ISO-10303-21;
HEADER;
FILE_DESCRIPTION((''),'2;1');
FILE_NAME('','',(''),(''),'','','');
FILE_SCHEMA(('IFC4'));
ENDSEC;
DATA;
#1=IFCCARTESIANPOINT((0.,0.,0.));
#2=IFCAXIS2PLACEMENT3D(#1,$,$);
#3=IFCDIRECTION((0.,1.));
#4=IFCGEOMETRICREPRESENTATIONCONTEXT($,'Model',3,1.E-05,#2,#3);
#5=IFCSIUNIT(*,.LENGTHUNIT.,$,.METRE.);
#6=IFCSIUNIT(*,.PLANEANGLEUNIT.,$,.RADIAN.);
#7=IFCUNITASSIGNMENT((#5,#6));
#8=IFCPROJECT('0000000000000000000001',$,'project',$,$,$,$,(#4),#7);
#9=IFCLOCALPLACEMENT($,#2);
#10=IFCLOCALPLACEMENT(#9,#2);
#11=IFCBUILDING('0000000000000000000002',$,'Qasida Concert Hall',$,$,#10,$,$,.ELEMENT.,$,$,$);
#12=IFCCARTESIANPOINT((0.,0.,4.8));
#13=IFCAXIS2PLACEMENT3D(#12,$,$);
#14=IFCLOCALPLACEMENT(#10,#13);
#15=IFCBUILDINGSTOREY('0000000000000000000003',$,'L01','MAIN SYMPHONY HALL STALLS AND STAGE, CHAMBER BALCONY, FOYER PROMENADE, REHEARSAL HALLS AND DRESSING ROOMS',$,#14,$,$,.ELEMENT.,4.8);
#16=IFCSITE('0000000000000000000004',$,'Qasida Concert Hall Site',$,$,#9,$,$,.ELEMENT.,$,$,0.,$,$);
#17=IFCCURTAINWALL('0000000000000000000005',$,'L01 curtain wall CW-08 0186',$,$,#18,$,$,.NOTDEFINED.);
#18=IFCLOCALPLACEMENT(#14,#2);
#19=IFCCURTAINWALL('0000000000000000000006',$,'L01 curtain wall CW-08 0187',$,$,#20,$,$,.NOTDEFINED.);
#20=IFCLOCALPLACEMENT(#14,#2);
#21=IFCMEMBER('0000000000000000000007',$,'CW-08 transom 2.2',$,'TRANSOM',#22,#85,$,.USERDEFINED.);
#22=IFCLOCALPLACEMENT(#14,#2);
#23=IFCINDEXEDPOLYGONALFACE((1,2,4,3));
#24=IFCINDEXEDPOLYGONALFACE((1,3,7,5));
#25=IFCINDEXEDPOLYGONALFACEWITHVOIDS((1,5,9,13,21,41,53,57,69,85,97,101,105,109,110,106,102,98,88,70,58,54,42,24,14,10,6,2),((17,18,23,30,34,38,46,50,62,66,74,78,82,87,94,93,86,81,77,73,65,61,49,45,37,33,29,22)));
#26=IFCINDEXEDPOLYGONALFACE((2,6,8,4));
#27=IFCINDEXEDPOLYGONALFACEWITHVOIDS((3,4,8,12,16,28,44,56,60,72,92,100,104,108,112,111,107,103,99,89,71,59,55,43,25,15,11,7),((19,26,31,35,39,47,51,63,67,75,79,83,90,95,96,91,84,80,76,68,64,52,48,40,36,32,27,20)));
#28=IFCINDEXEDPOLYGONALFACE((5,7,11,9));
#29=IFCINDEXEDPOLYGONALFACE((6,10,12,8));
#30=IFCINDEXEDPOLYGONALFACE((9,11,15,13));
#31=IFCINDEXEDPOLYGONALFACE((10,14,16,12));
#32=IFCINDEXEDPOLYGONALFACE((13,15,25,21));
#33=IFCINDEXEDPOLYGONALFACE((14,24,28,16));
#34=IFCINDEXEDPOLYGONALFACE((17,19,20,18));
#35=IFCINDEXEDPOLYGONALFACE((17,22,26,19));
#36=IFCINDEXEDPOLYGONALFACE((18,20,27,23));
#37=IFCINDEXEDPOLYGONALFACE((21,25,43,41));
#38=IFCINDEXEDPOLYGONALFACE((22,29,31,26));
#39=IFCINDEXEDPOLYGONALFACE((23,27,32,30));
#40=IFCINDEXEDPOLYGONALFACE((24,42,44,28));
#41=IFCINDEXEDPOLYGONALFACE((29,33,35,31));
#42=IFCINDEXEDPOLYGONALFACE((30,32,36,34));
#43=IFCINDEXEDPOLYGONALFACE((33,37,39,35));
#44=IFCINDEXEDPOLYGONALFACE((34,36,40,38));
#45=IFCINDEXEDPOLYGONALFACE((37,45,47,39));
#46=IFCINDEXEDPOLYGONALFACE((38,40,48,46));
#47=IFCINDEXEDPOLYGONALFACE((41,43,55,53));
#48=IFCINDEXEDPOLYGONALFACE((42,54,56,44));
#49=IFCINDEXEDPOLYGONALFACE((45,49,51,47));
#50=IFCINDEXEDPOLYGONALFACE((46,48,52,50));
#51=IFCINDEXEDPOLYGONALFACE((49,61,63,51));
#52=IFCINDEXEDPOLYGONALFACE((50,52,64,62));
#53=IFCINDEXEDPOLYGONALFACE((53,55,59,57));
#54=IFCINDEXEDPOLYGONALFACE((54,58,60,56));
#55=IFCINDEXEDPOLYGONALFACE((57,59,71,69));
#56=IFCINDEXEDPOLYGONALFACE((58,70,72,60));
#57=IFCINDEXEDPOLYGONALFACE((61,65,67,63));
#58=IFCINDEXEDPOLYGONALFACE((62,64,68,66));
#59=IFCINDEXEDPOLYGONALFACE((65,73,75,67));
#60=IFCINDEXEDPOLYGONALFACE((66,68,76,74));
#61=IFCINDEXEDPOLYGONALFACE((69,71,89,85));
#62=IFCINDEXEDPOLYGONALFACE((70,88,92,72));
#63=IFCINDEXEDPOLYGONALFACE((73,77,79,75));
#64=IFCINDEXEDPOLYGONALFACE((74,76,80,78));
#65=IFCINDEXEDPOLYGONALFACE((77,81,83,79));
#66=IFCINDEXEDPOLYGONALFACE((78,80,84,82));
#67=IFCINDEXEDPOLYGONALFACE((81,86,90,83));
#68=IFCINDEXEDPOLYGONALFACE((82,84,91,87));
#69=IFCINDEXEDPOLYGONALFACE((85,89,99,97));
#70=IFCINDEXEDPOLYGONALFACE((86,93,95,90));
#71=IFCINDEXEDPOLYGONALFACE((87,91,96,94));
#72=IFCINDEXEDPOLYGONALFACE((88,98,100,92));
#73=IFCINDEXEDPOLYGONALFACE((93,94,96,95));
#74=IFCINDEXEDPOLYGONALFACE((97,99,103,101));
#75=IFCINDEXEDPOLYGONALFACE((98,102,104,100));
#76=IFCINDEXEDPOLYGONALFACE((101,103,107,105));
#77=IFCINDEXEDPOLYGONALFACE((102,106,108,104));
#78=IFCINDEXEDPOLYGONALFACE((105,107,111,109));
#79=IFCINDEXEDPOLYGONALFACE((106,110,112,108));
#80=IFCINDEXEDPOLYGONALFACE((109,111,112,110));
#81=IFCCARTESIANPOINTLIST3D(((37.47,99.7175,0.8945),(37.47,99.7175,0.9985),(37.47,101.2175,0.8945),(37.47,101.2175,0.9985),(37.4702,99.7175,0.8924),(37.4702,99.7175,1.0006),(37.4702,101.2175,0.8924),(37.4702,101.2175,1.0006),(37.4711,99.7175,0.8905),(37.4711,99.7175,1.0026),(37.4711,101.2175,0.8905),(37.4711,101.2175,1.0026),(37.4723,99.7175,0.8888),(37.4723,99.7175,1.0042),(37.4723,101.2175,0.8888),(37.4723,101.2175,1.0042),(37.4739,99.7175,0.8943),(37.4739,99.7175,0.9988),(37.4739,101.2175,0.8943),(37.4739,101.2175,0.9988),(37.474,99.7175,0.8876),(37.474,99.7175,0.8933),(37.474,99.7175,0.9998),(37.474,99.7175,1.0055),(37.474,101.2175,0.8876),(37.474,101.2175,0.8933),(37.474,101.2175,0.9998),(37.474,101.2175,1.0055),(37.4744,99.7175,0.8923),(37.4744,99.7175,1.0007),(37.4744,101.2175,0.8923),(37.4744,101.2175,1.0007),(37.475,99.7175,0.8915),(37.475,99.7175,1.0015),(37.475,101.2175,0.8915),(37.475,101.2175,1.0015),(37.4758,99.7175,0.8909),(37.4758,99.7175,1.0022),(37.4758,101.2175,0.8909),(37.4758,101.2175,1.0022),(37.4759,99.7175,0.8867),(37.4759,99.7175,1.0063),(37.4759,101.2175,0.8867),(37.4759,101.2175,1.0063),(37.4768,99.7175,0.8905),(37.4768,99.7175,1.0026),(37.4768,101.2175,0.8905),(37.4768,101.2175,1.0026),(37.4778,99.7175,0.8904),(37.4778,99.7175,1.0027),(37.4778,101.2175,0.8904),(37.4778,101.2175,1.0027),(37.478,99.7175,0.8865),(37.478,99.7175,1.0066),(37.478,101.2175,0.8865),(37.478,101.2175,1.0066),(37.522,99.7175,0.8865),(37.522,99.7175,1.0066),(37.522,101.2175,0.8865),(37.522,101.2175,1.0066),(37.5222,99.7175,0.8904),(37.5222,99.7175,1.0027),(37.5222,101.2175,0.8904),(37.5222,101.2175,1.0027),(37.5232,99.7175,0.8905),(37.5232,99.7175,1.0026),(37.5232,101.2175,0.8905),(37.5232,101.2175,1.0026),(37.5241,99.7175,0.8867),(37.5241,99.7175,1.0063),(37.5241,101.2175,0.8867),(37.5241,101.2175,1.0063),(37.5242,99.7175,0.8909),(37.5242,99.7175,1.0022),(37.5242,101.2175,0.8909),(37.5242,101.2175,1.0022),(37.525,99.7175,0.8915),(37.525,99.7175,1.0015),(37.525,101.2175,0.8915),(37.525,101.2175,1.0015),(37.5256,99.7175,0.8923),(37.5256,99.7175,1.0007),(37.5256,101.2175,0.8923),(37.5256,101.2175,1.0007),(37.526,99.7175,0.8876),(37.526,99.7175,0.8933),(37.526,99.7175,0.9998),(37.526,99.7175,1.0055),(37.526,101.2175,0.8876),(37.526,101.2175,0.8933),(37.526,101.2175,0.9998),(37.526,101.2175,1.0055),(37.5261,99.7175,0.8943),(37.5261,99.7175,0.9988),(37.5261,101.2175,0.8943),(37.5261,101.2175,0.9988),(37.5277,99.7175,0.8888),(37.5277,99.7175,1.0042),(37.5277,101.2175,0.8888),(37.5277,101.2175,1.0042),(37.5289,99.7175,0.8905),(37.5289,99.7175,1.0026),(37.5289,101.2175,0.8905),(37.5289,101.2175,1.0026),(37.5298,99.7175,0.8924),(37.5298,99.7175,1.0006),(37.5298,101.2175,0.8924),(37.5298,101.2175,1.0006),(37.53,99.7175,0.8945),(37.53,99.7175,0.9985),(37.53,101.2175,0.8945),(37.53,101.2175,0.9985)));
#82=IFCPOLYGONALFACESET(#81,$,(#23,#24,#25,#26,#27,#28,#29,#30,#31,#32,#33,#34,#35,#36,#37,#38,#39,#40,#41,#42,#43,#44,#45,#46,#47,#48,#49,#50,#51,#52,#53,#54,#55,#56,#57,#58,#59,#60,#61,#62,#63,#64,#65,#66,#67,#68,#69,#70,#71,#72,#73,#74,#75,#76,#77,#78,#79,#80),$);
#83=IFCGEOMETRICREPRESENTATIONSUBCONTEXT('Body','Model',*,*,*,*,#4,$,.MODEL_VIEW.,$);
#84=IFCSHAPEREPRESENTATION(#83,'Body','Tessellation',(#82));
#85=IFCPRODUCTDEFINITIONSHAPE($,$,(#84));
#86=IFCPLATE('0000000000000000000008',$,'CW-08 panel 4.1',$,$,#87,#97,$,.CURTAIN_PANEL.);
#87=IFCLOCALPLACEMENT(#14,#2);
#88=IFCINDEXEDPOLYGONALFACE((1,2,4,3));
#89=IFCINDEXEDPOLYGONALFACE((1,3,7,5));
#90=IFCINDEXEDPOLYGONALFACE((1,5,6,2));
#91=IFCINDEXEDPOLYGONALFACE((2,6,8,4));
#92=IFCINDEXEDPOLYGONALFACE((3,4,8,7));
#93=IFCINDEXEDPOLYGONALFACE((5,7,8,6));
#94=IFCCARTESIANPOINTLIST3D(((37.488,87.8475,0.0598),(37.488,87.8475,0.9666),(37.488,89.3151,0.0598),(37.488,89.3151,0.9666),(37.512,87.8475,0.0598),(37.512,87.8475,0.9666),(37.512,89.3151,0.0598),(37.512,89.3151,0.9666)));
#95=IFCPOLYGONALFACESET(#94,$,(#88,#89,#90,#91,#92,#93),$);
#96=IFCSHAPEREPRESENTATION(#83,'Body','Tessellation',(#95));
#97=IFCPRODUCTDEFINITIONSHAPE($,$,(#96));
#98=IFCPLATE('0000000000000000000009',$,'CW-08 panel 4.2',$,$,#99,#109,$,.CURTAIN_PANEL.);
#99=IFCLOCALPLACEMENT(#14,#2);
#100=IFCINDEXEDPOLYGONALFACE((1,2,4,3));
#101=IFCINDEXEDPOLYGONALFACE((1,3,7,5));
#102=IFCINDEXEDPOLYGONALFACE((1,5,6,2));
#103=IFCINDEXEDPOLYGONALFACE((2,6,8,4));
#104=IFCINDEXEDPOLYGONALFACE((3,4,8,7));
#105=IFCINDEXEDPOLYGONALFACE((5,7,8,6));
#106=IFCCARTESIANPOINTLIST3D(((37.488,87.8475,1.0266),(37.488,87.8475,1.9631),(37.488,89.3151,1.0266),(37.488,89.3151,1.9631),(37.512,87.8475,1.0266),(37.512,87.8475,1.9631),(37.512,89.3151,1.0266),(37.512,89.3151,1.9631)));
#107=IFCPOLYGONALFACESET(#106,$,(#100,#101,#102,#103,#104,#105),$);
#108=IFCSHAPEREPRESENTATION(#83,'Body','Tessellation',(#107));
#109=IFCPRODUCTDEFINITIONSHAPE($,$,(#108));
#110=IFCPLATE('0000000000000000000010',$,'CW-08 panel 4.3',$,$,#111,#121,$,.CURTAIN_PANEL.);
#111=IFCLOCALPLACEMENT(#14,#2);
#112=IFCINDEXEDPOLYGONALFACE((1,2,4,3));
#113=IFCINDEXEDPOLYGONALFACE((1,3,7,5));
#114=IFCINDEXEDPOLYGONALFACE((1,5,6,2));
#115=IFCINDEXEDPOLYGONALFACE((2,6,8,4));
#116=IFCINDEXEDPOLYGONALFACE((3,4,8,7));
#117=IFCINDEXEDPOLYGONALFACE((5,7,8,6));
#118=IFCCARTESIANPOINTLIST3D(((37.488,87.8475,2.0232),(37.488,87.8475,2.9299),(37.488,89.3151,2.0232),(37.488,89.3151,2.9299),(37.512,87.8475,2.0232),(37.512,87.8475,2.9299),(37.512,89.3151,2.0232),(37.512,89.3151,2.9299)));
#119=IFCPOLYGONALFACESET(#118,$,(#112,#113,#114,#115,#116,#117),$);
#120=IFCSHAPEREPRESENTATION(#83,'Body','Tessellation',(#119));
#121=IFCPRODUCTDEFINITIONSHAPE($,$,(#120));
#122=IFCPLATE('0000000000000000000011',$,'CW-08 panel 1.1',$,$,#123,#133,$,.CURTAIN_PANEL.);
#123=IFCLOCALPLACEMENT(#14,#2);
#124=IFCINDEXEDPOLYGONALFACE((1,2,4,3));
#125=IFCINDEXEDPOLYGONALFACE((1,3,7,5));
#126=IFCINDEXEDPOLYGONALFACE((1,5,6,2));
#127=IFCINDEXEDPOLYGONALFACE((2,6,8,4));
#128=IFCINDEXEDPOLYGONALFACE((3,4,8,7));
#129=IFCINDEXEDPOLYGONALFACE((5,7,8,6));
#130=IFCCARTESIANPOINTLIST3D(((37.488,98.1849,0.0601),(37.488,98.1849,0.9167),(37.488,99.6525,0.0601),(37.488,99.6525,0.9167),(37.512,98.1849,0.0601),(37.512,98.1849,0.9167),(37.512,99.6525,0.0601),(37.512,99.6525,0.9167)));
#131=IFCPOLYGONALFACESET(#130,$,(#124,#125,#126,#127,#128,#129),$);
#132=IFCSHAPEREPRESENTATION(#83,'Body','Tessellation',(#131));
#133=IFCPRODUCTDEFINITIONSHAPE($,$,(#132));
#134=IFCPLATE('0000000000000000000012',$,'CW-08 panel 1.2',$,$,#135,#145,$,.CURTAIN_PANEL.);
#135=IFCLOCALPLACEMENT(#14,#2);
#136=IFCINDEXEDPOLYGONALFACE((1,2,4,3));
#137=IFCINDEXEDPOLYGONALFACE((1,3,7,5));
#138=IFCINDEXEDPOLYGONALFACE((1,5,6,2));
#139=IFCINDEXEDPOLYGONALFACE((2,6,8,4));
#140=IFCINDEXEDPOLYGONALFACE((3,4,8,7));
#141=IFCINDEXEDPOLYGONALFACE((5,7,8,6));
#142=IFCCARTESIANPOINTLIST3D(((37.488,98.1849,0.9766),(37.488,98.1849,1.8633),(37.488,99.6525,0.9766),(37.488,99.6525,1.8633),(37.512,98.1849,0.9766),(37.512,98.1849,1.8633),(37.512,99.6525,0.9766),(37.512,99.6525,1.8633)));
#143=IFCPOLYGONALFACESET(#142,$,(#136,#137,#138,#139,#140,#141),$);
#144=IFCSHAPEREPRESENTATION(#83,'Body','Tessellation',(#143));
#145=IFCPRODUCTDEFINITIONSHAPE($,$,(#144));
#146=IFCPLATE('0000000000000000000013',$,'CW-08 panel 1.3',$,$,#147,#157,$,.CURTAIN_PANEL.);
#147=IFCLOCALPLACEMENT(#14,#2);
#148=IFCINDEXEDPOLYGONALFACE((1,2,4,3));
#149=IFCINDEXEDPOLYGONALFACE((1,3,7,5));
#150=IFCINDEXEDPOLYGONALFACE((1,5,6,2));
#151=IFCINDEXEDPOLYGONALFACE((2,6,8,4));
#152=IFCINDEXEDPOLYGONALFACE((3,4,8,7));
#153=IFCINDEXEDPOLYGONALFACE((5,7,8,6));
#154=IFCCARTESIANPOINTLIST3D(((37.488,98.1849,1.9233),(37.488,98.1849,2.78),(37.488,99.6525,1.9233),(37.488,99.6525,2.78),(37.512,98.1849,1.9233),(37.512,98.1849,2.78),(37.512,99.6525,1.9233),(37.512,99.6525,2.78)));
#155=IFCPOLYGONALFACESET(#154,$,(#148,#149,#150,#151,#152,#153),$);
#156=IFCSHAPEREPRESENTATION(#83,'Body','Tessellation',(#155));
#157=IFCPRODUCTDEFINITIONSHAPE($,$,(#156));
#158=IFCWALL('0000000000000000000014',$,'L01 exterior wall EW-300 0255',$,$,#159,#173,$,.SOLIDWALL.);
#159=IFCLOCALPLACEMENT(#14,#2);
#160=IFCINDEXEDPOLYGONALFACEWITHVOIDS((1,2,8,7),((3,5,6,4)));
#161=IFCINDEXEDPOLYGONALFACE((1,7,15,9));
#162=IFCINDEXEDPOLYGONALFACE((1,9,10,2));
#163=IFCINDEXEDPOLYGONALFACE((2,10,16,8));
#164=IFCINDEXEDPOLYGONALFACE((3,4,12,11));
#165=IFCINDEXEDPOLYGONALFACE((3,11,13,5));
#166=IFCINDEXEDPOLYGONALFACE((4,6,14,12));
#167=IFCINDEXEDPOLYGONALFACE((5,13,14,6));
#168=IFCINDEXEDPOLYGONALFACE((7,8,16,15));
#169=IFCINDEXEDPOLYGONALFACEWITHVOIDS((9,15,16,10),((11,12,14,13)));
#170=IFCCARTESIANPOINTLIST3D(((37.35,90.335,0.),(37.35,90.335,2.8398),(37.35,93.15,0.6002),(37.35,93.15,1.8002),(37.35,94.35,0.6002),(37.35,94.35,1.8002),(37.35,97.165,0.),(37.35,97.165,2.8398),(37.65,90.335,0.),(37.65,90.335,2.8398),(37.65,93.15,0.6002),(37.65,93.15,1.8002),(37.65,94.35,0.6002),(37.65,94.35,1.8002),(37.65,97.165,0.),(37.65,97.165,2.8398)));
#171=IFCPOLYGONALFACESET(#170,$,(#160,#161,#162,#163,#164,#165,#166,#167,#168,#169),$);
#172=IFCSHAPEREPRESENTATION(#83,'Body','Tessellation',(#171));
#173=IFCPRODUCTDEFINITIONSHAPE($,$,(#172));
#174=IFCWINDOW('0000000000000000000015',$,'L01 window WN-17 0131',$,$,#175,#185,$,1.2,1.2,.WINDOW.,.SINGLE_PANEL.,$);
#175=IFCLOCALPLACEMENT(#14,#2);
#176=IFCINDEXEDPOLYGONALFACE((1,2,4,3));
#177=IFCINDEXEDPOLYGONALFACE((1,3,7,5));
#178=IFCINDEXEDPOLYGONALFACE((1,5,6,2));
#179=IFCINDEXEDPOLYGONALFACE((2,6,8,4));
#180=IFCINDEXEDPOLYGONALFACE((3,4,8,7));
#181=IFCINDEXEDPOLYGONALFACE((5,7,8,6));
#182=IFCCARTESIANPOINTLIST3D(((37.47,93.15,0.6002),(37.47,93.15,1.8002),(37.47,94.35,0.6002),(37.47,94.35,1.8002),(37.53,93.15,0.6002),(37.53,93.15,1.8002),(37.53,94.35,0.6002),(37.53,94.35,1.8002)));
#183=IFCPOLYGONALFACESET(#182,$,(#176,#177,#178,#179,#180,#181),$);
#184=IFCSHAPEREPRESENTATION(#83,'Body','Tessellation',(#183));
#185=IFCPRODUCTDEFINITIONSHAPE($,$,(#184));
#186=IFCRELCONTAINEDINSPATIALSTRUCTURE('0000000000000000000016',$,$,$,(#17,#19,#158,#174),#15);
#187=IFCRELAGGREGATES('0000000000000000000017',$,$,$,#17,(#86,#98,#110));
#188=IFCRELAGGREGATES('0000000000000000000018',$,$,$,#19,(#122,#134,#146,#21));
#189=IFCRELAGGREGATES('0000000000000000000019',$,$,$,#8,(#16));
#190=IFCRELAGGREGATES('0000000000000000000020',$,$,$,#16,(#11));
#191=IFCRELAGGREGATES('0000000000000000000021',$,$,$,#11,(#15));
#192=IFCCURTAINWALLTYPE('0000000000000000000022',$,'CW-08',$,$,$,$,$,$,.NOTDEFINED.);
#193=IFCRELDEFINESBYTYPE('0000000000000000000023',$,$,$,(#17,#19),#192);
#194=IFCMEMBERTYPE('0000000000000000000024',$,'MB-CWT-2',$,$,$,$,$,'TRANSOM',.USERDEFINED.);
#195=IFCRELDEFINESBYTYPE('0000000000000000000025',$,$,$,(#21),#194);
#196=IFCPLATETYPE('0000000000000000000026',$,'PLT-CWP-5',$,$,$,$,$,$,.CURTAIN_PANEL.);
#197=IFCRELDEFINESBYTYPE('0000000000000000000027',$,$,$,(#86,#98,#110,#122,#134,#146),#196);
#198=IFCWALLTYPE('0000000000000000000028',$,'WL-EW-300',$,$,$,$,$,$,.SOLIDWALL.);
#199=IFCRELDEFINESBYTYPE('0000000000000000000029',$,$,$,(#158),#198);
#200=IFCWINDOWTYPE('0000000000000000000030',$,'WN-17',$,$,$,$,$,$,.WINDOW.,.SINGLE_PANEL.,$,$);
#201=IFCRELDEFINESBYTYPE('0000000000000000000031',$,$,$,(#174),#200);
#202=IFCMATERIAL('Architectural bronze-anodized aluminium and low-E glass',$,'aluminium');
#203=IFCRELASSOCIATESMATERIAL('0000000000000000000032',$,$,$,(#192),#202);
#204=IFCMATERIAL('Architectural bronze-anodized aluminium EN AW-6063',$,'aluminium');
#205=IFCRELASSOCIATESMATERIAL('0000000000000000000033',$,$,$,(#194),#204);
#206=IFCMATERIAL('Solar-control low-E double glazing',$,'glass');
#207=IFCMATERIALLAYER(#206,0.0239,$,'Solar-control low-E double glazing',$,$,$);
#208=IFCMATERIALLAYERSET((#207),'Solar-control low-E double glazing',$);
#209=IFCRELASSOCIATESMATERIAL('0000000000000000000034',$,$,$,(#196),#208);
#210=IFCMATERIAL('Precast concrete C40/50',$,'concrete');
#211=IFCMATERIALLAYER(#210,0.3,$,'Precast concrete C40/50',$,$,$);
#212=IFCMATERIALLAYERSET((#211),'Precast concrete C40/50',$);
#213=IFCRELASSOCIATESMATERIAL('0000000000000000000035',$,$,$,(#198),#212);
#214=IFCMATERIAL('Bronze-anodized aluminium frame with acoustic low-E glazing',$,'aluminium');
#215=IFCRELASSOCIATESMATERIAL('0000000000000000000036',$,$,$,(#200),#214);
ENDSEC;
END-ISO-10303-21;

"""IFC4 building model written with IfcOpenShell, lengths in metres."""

from ifc_helpers import new_model, si_unit, direction, frame, frame_2d, origin, origin_2d, place, context, subcontext, project, spatial, rectangle, hollow_rectangle, extrude, material, layer, layer_set, material_profile, profile_set, type_object, element, fill, aggregate, save


model = new_model("IFC4")

# Units and contexts
model_context = context("Model", 3, precision=1e-05, world=origin(), true_north=direction((0.0, 1.0)))
body_context = subcontext(model_context, "Body", "Model", "MODEL_VIEW")
ifc_project = project(units=[si_unit("LENGTHUNIT", "METRE"), si_unit("PLANEANGLEUNIT", "RADIAN")], contexts=[model_context])

# Site, building, storey
site_placement = place(None, origin())
site = spatial("IfcSite", under=ifc_project, at=site_placement, Name="Qasida Concert Hall Site", CompositionType="ELEMENT", RefElevation=0.0)
building_placement = place(site_placement, origin())
building = spatial("IfcBuilding", under=site, at=building_placement, Name="Qasida Concert Hall", CompositionType="ELEMENT")
storey_placement = place(building_placement, frame((0.0, 0.0, 4.8)))
storey = spatial("IfcBuildingStorey", under=building, at=storey_placement, Name="L01", Description="MAIN SYMPHONY HALL STALLS AND STAGE, CHAMBER BALCONY, FOYER PROMENADE, REHEARSAL HALLS AND DRESSING ROOMS", CompositionType="ELEMENT", Elevation=4.8)

# Curtain walls
ifc_material_1 = material(Name="Architectural bronze-anodized aluminium and low-E glass", Category="aluminium")
curtain_wall_type = type_object("IfcCurtainWallType", Name="CW-08", PredefinedType="NOTDEFINED", material=ifc_material_1)
curtain_wall_1_placement = place(storey_placement, origin())
curtain_wall_1 = element("IfcCurtainWall", 1, at=curtain_wall_1_placement, inside=storey, type_object=curtain_wall_type, Name="L01 curtain wall CW-08 0186", PredefinedType="NOTDEFINED")
ifc_material_2 = material(Name="Architectural bronze-anodized aluminium EN AW-6063", Category="aluminium")
curtain_wall_2_placement = place(storey_placement, origin())
curtain_wall_2 = element("IfcCurtainWall", 2, at=curtain_wall_2_placement, inside=storey, type_object=curtain_wall_type, Name="L01 curtain wall CW-08 0187", PredefinedType="NOTDEFINED")

# Member
ifc_material_profile_1 = material_profile(ifc_material_2, hollow_rectangle(XDim=0.0601, YDim=0.1201, WallThickness=0.0039, InnerFilletRadius=0.0039, OuterFilletRadius=0.0081, at=origin_2d()), Name="CWT 120x60x4")
ifc_profile_set_1 = profile_set([ifc_material_profile_1], Name="Architectural bronze-anodized aluminium EN AW-6063")
member_type_1 = type_object("IfcMemberType", Name="MB-CWT-2", ElementType="TRANSOM", PredefinedType="USERDEFINED", material=ifc_profile_set_1)
member_1_placement = place(storey_placement, frame((37.5, 99.7175, 0.9465), z_axis=(0.0, 1.0, 0.0), x_axis=(-1.0, 0.0, 0.0)))
member_1 = element("IfcMember", 3, at=member_1_placement, type_object=member_type_1, Name="CW-08 transom 2.2", ObjectType="TRANSOM", PredefinedType="USERDEFINED", context=body_context, shape_type="SweptSolid", body=[
    extrude(hollow_rectangle(XDim=0.0601, YDim=0.1201, WallThickness=0.0039, InnerFilletRadius=0.0039, OuterFilletRadius=0.0081, at=origin_2d()), origin(), (0.0, 0.0, 1.0), 1.5),
])

# Plates
ifc_material_3 = material(Name="Solar-control low-E double glazing", Category="glass")
ifc_layer_1 = layer(ifc_material_3, 0.0239, Name="Solar-control low-E double glazing")
ifc_layer_set_1 = layer_set([ifc_layer_1], Name="Solar-control low-E double glazing")
plate_type = type_object("IfcPlateType", Name="PLT-CWP-5", PredefinedType="CURTAIN_PANEL", material=ifc_layer_set_1)
plate_1_placement = place(storey_placement, frame((37.5, 88.5813, 0.0598), z_axis=(0.0, 0.0, 1.0), x_axis=(0.0, 1.0, 0.0)))
plate_1 = element("IfcPlate", 4, at=plate_1_placement, type_object=plate_type, Name="CW-08 panel 4.1", PredefinedType="CURTAIN_PANEL", context=body_context, shape_type="SweptSolid", body=[
    extrude(rectangle(XDim=1.4675, YDim=0.0239, at=origin_2d()), origin(), (0.0, 0.0, 1.0), 0.9067),
])
plate_2_placement = place(storey_placement, frame((37.5, 88.5813, 1.0266), z_axis=(0.0, 0.0, 1.0), x_axis=(0.0, 1.0, 0.0)))
plate_2 = element("IfcPlate", 5, at=plate_2_placement, type_object=plate_type, Name="CW-08 panel 4.2", PredefinedType="CURTAIN_PANEL", context=body_context, shape_type="SweptSolid", body=[
    extrude(rectangle(XDim=1.4675, YDim=0.0239, at=origin_2d()), origin(), (0.0, 0.0, 1.0), 0.9365),
])
plate_3_placement = place(storey_placement, frame((37.5, 88.5813, 2.0232), z_axis=(0.0, 0.0, 1.0), x_axis=(0.0, 1.0, 0.0)))
plate_3 = element("IfcPlate", 6, at=plate_3_placement, type_object=plate_type, Name="CW-08 panel 4.3", PredefinedType="CURTAIN_PANEL", context=body_context, shape_type="SweptSolid", body=[
    extrude(rectangle(XDim=1.4675, YDim=0.0239, at=origin_2d()), origin(), (0.0, 0.0, 1.0), 0.9067),
])
aggregate(curtain_wall_1, [plate_1, plate_2, plate_3])
plate_4_placement = place(storey_placement, frame((37.5, 98.9187, 0.0601), z_axis=(0.0, 0.0, 1.0), x_axis=(0.0, 1.0, 0.0)))
plate_4 = element("IfcPlate", 7, at=plate_4_placement, type_object=plate_type, Name="CW-08 panel 1.1", PredefinedType="CURTAIN_PANEL", context=body_context, shape_type="SweptSolid", body=[
    extrude(rectangle(XDim=1.4675, YDim=0.0239, at=origin_2d()), origin(), (0.0, 0.0, 1.0), 0.8567),
])
plate_5_placement = place(storey_placement, frame((37.5, 98.9187, 0.9766), z_axis=(0.0, 0.0, 1.0), x_axis=(0.0, 1.0, 0.0)))
plate_5 = element("IfcPlate", 8, at=plate_5_placement, type_object=plate_type, Name="CW-08 panel 1.2", PredefinedType="CURTAIN_PANEL", context=body_context, shape_type="SweptSolid", body=[
    extrude(rectangle(XDim=1.4675, YDim=0.0239, at=origin_2d()), origin(), (0.0, 0.0, 1.0), 0.8867),
])
plate_6_placement = place(storey_placement, frame((37.5, 98.9187, 1.9233), z_axis=(0.0, 0.0, 1.0), x_axis=(0.0, 1.0, 0.0)))
plate_6 = element("IfcPlate", 9, at=plate_6_placement, type_object=plate_type, Name="CW-08 panel 1.3", PredefinedType="CURTAIN_PANEL", context=body_context, shape_type="SweptSolid", body=[
    extrude(rectangle(XDim=1.4675, YDim=0.0239, at=origin_2d()), origin(), (0.0, 0.0, 1.0), 0.8567),
])
aggregate(curtain_wall_2, [plate_4, plate_5, plate_6, member_1])

# Wall, opening, window
ifc_material_4 = material(Name="Precast concrete C40/50", Category="concrete")
ifc_layer_2 = layer(ifc_material_4, 0.3, Name="Precast concrete C40/50")
ifc_layer_set_2 = layer_set([ifc_layer_2], Name="Precast concrete C40/50")
wall_type = type_object("IfcWallType", Name="WL-EW-300", PredefinedType="SOLIDWALL", material=ifc_layer_set_2)
wall_placement = place(storey_placement, frame((37.5, 90.335, 0.0), z_axis=(0.0, 0.0, 1.0), x_axis=(0.0, 1.0, 0.0)))
wall = element("IfcWall", 10, at=wall_placement, inside=storey, type_object=wall_type, Name="L01 exterior wall EW-300 0255", PredefinedType="SOLIDWALL", context=body_context, shape_type="SweptSolid", body=[
    extrude(rectangle(XDim=6.8301, YDim=0.3, at=frame_2d((3.415, 0.0))), origin(), (0.0, 0.0, 1.0), 2.8398),
])
opening_placement = place(wall_placement, frame((2.8149, 0.0, 0.6001)))
opening = element("IfcOpeningElement", 11, at=opening_placement, cuts=wall, PredefinedType="OPENING", context=body_context, shape_type="SweptSolid", body=[
    extrude(rectangle(XDim=1.2, YDim=1.2, at=frame_2d((0.6001, 0.6001))), frame((0.0, 0.1599, 0.0), z_axis=(0.0, -1.0, 0.0), x_axis=(1.0, 0.0, 0.0)), (0.0, 0.0, 1.0), 0.3201),
])
ifc_material_5 = material(Name="Bronze-anodized aluminium frame with acoustic low-E glazing", Category="aluminium")
window_type = type_object("IfcWindowType", Name="WN-17", PartitioningType="SINGLE_PANEL", PredefinedType="WINDOW", material=ifc_material_5)
window_placement = place(opening_placement, origin())
window = element("IfcWindow", 12, at=window_placement, inside=storey, type_object=window_type, Name="L01 window WN-17 0131", OverallHeight=1.2, OverallWidth=1.2, PartitioningType="SINGLE_PANEL", PredefinedType="WINDOW", context=body_context, shape_type="SweptSolid", body=[
    extrude(rectangle(XDim=1.2, YDim=1.2, at=frame_2d((0.6001, 0.6001))), frame((0.0, 0.03, 0.0), z_axis=(0.0, -1.0, 0.0), x_axis=(1.0, 0.0, 0.0)), (0.0, 0.0, 1.0), 0.0601),
])
fill(opening, window)

save(model, "model.ifc")
